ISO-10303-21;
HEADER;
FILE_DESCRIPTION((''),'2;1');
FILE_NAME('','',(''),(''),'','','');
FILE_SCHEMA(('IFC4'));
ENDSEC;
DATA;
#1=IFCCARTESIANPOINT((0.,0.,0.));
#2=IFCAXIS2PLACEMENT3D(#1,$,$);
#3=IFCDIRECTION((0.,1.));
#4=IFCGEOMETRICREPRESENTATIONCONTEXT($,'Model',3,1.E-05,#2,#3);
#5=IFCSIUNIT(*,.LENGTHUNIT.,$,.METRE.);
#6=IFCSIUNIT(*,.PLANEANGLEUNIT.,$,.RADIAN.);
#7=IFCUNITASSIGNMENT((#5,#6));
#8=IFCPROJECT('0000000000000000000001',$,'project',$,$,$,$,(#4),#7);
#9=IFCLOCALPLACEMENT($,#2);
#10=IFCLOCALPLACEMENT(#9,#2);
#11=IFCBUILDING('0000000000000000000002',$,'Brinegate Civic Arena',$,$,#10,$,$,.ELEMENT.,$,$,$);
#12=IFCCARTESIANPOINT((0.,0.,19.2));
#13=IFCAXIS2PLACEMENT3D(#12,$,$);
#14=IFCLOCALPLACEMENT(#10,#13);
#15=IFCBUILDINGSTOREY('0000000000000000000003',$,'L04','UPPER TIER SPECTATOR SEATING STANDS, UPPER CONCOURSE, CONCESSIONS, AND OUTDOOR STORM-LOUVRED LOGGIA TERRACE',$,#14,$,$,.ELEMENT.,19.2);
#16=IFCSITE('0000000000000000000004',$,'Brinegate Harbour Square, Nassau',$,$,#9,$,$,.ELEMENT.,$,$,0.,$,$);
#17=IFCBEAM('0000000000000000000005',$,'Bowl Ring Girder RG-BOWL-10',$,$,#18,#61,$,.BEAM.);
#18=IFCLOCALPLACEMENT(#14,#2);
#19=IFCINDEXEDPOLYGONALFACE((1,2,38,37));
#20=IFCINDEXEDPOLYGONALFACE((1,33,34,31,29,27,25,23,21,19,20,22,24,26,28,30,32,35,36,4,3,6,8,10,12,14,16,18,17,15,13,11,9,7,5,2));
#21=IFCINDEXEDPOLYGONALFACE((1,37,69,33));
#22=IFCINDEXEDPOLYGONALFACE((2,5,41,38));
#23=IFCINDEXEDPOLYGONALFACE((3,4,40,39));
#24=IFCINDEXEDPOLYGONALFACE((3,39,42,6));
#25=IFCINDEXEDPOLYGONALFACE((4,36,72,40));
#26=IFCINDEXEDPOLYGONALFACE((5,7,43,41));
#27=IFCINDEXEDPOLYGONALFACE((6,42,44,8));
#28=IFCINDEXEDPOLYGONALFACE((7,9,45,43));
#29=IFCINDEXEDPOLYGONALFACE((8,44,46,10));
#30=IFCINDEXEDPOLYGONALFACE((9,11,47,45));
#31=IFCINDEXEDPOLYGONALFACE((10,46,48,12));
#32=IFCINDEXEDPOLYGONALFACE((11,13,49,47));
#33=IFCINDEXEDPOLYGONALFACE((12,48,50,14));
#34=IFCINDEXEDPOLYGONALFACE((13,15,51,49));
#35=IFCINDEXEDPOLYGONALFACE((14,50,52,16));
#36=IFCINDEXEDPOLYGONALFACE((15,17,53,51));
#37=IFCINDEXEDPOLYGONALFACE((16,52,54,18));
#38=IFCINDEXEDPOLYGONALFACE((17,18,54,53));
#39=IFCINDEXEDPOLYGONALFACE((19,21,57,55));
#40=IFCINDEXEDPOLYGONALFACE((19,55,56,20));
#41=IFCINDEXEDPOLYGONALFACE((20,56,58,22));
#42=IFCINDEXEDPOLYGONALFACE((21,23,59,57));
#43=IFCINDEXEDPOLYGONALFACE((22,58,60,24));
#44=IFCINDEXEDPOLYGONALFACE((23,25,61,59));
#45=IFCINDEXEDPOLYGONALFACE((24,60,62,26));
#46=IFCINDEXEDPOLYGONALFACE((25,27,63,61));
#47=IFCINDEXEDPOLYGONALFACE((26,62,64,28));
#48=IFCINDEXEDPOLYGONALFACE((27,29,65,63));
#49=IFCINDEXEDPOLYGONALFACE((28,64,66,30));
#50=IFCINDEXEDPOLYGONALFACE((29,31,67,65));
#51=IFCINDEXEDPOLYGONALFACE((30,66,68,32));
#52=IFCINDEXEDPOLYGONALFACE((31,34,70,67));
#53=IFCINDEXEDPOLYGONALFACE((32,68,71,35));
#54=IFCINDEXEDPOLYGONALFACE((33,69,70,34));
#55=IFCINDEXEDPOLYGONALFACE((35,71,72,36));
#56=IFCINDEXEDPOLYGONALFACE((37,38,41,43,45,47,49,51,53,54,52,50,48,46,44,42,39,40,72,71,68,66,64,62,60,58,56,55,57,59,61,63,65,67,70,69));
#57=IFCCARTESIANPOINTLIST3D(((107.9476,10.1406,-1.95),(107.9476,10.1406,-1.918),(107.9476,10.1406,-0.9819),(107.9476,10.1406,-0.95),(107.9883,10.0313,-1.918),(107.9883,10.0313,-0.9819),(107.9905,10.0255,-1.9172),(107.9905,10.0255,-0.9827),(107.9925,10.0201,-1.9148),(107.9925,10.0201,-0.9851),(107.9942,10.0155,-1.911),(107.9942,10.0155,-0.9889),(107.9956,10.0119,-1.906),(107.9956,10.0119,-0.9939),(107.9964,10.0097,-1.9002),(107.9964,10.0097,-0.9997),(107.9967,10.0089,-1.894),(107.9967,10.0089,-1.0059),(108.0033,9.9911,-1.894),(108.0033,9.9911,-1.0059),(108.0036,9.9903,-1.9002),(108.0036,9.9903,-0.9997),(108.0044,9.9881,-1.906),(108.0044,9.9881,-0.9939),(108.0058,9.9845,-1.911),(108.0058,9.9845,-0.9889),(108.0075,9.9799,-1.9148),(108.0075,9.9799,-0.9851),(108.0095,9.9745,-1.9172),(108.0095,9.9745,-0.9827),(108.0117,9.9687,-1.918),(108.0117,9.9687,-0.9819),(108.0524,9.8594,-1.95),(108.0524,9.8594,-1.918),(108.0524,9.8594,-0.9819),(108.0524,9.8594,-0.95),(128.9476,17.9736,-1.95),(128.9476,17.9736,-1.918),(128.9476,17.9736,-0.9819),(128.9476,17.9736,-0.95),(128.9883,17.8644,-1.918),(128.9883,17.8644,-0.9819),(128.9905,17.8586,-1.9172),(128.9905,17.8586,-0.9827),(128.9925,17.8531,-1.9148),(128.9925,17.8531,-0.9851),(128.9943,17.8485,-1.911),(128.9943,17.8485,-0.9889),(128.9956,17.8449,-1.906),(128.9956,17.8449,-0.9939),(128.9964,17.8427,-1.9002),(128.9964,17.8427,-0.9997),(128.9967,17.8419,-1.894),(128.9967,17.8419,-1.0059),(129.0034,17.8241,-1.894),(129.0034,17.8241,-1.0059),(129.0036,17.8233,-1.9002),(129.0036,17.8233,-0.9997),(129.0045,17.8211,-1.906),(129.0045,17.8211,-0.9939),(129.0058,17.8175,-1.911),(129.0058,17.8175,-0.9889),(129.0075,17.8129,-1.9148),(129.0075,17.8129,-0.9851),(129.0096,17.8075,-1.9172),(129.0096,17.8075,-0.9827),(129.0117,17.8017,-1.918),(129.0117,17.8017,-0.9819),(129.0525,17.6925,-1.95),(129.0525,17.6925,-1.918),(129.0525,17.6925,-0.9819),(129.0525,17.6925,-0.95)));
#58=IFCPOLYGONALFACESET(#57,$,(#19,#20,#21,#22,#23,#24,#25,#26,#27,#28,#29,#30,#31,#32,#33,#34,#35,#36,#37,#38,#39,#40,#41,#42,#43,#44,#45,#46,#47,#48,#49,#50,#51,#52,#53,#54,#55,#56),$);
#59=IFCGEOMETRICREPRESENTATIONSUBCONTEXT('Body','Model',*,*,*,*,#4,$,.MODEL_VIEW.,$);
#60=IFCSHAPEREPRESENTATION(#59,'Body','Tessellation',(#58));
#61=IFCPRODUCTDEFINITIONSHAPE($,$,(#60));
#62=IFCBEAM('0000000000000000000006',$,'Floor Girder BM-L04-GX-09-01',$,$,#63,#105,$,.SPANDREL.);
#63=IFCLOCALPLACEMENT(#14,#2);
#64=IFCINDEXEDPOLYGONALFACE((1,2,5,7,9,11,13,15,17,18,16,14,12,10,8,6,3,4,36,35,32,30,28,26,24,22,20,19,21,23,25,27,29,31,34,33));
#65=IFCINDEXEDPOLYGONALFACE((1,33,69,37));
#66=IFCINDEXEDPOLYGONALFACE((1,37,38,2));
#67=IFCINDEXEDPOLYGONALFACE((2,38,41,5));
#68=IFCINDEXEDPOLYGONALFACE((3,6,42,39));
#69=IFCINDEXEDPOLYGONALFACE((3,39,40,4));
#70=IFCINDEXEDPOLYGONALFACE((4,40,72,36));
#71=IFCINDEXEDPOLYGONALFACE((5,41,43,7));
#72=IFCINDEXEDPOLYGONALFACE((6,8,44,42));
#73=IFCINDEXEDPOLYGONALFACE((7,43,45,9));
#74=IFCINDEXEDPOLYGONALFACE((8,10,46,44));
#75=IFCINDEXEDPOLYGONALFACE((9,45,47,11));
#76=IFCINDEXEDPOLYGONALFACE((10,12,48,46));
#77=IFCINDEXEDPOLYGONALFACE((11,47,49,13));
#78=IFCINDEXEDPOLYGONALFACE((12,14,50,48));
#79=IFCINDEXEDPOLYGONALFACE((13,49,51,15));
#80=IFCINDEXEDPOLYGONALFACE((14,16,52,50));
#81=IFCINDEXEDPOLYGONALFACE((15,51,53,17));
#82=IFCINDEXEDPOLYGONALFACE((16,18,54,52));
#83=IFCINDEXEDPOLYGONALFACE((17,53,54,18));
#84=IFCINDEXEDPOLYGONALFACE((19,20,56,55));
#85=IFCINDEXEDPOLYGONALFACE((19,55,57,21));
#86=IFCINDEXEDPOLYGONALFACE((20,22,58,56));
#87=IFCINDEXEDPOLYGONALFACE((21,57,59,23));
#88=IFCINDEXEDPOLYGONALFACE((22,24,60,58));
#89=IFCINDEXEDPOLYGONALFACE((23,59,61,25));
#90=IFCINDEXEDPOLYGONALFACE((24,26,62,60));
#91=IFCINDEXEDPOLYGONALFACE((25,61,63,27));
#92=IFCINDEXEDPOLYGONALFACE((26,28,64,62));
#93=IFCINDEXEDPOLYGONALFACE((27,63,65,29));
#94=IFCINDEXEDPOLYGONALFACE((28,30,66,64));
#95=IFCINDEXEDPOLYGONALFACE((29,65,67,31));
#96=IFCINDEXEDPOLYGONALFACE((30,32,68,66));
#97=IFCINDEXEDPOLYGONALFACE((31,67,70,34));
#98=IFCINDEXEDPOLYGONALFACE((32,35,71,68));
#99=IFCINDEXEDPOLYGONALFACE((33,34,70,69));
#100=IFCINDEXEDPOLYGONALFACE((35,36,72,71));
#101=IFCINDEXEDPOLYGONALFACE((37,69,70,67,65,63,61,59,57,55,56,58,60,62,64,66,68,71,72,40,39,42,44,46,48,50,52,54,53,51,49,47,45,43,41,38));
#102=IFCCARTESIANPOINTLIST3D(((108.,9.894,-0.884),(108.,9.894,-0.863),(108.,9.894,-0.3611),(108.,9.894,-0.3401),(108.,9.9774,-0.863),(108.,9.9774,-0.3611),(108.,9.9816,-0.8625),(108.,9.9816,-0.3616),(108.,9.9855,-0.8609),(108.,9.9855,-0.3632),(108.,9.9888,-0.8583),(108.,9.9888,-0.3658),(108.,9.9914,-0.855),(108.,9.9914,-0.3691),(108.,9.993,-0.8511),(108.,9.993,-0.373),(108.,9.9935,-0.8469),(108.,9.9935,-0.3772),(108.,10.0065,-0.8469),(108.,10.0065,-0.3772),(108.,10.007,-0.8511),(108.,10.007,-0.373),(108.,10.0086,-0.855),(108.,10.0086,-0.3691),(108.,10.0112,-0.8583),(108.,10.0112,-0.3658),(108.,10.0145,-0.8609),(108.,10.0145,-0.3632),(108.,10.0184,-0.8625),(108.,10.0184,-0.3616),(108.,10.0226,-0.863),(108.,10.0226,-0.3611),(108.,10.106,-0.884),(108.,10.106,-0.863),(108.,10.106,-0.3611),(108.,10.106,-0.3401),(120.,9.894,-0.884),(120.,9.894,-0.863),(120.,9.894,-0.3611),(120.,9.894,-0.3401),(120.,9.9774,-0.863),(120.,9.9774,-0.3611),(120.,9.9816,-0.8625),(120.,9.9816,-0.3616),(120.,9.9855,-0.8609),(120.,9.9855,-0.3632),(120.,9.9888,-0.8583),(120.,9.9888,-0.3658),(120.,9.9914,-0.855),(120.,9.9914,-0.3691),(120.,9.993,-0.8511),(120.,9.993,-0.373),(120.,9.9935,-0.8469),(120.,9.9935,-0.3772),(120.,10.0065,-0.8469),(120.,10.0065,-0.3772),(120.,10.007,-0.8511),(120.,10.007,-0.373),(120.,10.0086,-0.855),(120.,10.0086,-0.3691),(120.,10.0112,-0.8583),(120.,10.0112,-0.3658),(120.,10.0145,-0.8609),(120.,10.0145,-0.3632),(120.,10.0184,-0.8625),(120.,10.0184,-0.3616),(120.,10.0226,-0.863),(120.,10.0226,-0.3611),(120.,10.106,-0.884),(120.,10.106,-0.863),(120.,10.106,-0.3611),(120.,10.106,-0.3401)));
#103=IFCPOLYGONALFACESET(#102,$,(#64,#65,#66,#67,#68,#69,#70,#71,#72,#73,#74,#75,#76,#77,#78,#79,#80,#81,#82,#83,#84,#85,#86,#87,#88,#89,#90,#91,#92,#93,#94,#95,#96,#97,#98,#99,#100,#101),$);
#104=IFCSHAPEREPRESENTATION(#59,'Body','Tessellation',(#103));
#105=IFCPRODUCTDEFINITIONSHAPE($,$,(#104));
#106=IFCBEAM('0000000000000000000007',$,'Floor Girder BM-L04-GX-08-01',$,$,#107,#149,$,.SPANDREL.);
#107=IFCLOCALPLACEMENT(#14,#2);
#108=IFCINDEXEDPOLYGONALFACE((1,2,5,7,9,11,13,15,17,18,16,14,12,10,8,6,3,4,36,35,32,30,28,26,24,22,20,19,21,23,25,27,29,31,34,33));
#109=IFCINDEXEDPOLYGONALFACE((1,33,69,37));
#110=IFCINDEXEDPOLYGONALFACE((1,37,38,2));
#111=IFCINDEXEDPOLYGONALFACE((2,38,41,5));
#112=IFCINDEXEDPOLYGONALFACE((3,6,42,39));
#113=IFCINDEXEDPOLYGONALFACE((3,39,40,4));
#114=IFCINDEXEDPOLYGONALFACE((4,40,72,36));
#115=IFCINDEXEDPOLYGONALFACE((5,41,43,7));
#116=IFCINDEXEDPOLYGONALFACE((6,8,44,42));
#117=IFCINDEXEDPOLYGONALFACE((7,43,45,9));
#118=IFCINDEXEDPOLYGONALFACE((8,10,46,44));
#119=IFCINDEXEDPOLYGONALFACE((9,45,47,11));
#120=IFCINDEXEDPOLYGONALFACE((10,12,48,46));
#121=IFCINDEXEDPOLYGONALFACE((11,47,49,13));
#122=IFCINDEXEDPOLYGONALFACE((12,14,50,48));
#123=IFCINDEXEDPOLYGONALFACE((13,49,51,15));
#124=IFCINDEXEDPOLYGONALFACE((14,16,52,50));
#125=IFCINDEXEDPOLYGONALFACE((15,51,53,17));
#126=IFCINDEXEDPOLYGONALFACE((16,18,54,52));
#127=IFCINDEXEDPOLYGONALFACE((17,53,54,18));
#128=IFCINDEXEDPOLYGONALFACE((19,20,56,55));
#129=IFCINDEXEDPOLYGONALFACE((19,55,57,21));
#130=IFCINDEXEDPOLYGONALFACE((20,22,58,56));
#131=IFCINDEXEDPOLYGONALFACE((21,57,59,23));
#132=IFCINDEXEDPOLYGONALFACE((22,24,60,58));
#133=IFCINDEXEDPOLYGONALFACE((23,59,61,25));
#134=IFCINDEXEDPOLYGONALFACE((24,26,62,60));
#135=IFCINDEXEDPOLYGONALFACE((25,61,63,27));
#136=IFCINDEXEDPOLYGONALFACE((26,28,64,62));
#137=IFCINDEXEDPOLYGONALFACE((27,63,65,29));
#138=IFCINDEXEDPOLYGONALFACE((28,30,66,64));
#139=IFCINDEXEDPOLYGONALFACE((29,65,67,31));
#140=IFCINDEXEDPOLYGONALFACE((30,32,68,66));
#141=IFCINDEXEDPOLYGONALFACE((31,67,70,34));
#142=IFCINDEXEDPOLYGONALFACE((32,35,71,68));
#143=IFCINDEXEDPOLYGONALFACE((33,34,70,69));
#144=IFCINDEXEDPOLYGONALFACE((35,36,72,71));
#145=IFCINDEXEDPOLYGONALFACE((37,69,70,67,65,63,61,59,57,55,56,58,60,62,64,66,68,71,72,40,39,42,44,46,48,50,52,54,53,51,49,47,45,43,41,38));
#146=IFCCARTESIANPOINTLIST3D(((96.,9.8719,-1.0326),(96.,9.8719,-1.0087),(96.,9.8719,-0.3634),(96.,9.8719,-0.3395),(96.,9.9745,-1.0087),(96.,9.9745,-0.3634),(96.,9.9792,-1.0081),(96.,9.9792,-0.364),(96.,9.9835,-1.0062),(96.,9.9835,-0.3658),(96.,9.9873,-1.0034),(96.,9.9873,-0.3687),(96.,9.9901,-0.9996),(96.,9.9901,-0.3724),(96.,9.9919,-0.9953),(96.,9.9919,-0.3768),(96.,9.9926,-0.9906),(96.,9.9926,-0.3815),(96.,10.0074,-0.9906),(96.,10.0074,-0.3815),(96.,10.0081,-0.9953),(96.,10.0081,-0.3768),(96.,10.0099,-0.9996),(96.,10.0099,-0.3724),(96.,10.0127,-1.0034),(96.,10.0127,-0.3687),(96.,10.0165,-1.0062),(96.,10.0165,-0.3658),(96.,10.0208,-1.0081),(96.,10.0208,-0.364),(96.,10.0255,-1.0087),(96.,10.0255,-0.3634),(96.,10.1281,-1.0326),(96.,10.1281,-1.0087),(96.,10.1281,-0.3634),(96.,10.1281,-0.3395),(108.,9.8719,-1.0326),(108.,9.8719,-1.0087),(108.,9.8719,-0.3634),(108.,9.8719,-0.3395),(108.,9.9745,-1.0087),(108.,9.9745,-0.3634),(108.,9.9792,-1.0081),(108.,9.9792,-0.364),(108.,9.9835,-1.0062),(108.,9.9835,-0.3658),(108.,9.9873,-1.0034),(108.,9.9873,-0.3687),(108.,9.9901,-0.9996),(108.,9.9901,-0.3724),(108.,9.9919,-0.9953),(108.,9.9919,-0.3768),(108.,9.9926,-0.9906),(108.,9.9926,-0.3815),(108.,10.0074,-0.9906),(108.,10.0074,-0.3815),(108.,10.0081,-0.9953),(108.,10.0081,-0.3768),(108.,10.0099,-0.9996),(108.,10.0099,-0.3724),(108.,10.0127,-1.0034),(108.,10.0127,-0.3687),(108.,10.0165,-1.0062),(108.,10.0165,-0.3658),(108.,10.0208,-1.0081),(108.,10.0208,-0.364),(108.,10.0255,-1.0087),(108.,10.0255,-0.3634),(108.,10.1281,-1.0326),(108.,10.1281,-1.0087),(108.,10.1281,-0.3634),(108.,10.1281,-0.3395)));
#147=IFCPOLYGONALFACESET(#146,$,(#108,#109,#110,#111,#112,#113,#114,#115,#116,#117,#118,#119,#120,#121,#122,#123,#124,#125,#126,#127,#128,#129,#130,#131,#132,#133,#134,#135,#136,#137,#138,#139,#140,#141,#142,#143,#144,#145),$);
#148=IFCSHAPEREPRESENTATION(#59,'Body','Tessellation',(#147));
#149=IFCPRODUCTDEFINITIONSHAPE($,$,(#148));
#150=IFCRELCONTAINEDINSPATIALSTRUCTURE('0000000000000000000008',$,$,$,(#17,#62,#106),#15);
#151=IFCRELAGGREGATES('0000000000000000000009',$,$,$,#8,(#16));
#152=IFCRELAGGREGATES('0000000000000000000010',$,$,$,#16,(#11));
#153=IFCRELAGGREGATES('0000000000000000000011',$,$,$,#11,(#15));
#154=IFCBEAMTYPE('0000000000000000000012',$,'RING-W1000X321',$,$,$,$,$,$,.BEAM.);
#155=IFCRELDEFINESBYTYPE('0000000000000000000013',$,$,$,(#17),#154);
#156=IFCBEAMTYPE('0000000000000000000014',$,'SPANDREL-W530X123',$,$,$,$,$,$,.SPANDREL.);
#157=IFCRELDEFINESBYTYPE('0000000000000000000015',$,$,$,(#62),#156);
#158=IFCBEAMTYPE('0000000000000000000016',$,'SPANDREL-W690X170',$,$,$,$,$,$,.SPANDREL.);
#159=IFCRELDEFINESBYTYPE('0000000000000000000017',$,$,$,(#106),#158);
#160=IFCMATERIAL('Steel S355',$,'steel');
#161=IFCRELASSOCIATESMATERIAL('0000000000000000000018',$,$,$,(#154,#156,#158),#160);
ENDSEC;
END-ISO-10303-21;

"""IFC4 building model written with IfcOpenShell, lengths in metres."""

from ifc_helpers import new_model, si_unit, direction, frame, origin, origin_2d, place, context, subcontext, project, spatial, i_section, extrude, material, material_profile, profile_set, type_object, element, save


model = new_model("IFC4")

# Units and contexts
model_context = context("Model", 3, precision=1e-05, world=origin(), true_north=direction((0.0, 1.0)))
body_context = subcontext(model_context, "Body", "Model", "MODEL_VIEW")
ifc_project = project(units=[si_unit("LENGTHUNIT", "METRE"), si_unit("PLANEANGLEUNIT", "RADIAN")], contexts=[model_context])

# Site, building, storey
site_placement = place(None, origin())
site = spatial("IfcSite", under=ifc_project, at=site_placement, Name="Brinegate Harbour Square, Nassau", CompositionType="ELEMENT", RefElevation=0.0)
building_placement = place(site_placement, origin())
building = spatial("IfcBuilding", under=site, at=building_placement, Name="Brinegate Civic Arena", CompositionType="ELEMENT")
storey_placement = place(building_placement, frame((0.0, 0.0, 19.2)))
storey = spatial("IfcBuildingStorey", under=building, at=storey_placement, Name="L04", Description="UPPER TIER SPECTATOR SEATING STANDS, UPPER CONCOURSE, CONCESSIONS, AND OUTDOOR STORM-LOUVRED LOGGIA TERRACE", CompositionType="ELEMENT", Elevation=19.2)

# Beams
ifc_material_1 = material(Name="Steel S355", Category="steel")
ifc_material_profile_1 = material_profile(ifc_material_1, i_section(OverallWidth=0.3, OverallDepth=1.0, WebThickness=0.019, FlangeThickness=0.032, FilletRadius=0.0239, at=origin_2d()), Name="W1000X321")
ifc_profile_set_1 = profile_set([ifc_material_profile_1], Name="Steel S355")
beam_type_1 = type_object("IfcBeamType", Name="RING-W1000X321", PredefinedType="BEAM", material=ifc_profile_set_1)
beam_1_placement = place(storey_placement, frame((108.0, 10.0, -1.45), z_axis=(0.936944, 0.34948, 0.0), x_axis=(-0.34948, 0.936944, 0.0)))
element("IfcBeam", 1, at=beam_1_placement, inside=storey, type_object=beam_type_1, Name="Bowl Ring Girder RG-BOWL-10", PredefinedType="BEAM", context=body_context, shape_type="SweptSolid", body=[
    extrude(i_section(OverallWidth=0.3, OverallDepth=1.0, WebThickness=0.019, FlangeThickness=0.032, FilletRadius=0.0239, at=origin_2d()), origin(), (0.0, 0.0, 1.0), 22.4133),
])
ifc_material_profile_2 = material_profile(ifc_material_1, i_section(OverallWidth=0.2119, OverallDepth=0.5439, WebThickness=0.0129, FlangeThickness=0.021, FilletRadius=0.0161, at=origin_2d()), Name="W530X123")
ifc_profile_set_2 = profile_set([ifc_material_profile_2], Name="Steel S355")
beam_type_2 = type_object("IfcBeamType", Name="SPANDREL-W530X123", PredefinedType="SPANDREL", material=ifc_profile_set_2)
beam_2_placement = place(storey_placement, frame((108.0, 10.0, -0.6121), z_axis=(1.0, 0.0, 0.0), x_axis=(0.0, 1.0, 0.0)))
element("IfcBeam", 2, at=beam_2_placement, inside=storey, type_object=beam_type_2, Name="Floor Girder BM-L04-GX-09-01", PredefinedType="SPANDREL", context=body_context, shape_type="SweptSolid", body=[
    extrude(i_section(OverallWidth=0.2119, OverallDepth=0.5439, WebThickness=0.0129, FlangeThickness=0.021, FilletRadius=0.0161, at=origin_2d()), origin(), (0.0, 0.0, 1.0), 12.0),
])
ifc_material_profile_3 = material_profile(ifc_material_1, i_section(OverallWidth=0.2561, OverallDepth=0.6931, WebThickness=0.0149, FlangeThickness=0.0239, FilletRadius=0.0181, at=origin_2d()), Name="W690X170")
ifc_profile_set_3 = profile_set([ifc_material_profile_3], Name="Steel S355")
beam_type_3 = type_object("IfcBeamType", Name="SPANDREL-W690X170", PredefinedType="SPANDREL", material=ifc_profile_set_3)
beam_3_placement = place(storey_placement, frame((96.0, 10.0, -0.686), z_axis=(1.0, 0.0, 0.0), x_axis=(0.0, 1.0, 0.0)))
element("IfcBeam", 3, at=beam_3_placement, inside=storey, type_object=beam_type_3, Name="Floor Girder BM-L04-GX-08-01", PredefinedType="SPANDREL", context=body_context, shape_type="SweptSolid", body=[
    extrude(i_section(OverallWidth=0.2561, OverallDepth=0.6931, WebThickness=0.0149, FlangeThickness=0.0239, FilletRadius=0.0181, at=origin_2d()), origin(), (0.0, 0.0, 1.0), 12.0),
])

save(model, "model.ifc")
